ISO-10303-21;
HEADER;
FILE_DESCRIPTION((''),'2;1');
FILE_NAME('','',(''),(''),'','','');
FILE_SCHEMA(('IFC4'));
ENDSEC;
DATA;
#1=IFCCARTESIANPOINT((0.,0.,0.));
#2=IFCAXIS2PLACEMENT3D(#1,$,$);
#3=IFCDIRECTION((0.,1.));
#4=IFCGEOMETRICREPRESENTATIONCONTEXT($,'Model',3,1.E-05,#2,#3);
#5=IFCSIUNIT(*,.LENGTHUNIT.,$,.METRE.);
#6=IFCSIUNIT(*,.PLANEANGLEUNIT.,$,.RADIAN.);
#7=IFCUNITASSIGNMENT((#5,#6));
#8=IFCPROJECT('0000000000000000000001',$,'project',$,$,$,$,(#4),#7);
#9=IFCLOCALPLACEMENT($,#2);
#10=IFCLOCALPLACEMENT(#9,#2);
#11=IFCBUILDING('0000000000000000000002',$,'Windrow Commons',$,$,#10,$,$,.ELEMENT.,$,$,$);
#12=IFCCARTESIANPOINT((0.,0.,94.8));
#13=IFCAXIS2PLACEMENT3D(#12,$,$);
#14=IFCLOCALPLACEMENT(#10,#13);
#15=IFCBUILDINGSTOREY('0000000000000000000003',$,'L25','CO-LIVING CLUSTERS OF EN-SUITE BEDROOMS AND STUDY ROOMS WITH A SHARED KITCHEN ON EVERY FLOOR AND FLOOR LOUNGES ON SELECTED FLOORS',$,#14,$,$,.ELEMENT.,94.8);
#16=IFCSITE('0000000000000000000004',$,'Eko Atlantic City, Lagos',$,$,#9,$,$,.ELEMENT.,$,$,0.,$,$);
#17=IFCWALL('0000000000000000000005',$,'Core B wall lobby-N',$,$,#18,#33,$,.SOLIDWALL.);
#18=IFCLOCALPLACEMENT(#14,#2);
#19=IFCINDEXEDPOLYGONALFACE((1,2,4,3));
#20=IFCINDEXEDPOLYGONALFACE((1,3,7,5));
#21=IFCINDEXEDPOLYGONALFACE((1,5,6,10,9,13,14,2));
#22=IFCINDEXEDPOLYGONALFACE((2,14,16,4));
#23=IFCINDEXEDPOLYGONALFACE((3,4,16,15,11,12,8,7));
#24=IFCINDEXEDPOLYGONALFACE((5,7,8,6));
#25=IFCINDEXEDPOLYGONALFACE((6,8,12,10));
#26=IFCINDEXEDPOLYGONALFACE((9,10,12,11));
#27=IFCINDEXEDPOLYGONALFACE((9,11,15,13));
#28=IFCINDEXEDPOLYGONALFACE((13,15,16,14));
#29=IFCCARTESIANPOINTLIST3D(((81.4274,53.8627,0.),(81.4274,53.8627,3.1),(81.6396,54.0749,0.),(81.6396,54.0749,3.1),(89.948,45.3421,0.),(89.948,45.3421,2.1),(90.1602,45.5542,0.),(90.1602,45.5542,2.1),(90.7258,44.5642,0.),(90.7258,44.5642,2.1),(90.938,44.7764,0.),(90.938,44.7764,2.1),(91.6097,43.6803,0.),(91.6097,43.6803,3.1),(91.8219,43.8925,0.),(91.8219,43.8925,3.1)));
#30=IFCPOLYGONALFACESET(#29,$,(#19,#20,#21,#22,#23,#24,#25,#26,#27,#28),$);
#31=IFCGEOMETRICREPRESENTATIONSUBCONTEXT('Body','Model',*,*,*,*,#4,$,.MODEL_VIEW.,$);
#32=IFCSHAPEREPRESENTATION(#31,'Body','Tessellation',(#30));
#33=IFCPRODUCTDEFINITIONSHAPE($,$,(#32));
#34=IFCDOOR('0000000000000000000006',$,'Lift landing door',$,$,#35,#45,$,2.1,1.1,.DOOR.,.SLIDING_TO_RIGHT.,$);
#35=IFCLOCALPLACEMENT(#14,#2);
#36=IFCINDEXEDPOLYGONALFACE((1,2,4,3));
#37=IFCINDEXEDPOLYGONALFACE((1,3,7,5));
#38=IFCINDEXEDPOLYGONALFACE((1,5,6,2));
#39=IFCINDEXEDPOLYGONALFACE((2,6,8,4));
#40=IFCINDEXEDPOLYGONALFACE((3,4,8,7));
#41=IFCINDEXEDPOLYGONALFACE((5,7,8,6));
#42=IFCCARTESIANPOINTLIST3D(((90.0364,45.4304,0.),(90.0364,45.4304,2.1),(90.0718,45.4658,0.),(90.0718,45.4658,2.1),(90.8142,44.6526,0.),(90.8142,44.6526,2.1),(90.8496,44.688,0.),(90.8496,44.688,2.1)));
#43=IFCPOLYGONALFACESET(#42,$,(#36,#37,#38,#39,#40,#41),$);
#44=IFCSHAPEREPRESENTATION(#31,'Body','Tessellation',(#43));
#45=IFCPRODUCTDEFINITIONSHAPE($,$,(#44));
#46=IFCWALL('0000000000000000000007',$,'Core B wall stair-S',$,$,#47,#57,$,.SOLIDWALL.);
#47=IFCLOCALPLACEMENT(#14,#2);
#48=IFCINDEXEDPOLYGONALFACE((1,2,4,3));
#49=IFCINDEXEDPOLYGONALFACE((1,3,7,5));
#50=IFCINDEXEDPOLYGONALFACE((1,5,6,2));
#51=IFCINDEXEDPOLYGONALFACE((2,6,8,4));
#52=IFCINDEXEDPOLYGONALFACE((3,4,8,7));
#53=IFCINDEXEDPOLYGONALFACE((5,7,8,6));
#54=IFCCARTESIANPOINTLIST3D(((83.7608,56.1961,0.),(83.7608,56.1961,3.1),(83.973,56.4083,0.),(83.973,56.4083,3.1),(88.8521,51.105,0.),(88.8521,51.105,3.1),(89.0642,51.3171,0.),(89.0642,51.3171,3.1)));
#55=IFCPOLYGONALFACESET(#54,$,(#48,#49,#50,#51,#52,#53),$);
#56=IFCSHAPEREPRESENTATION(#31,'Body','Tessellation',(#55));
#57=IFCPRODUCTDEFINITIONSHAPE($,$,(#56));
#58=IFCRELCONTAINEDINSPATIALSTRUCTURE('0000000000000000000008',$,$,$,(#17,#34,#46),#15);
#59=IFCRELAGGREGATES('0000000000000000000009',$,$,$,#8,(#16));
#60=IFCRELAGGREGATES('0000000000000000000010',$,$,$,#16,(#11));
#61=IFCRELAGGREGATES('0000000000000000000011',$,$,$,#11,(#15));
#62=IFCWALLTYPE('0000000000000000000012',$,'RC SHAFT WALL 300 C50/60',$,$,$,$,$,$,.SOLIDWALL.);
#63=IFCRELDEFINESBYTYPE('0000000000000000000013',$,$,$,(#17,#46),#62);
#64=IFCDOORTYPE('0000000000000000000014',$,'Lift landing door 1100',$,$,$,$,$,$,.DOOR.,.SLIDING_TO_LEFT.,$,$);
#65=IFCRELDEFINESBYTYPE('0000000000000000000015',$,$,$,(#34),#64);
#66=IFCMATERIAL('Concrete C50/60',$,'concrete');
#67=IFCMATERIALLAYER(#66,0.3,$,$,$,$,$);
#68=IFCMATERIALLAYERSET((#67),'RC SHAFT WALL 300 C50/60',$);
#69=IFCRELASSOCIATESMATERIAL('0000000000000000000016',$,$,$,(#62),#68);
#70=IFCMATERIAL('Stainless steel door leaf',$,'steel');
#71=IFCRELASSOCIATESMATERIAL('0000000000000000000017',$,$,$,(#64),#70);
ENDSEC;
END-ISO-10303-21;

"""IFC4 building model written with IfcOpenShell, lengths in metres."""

from ifc_helpers import new_model, si_unit, direction, frame, frame_2d, origin, place, context, subcontext, project, spatial, rectangle, extrude, material, layer, layer_set, type_object, element, fill, save


model = new_model("IFC4")

# Units and contexts
model_context = context("Model", 3, precision=1e-05, world=origin(), true_north=direction((0.0, 1.0)))
body_context = subcontext(model_context, "Body", "Model", "MODEL_VIEW")
ifc_project = project(units=[si_unit("LENGTHUNIT", "METRE"), si_unit("PLANEANGLEUNIT", "RADIAN")], contexts=[model_context])

# Site, building, storey
site_placement = place(None, origin())
site = spatial("IfcSite", under=ifc_project, at=site_placement, Name="Eko Atlantic City, Lagos", CompositionType="ELEMENT", RefElevation=0.0)
building_placement = place(site_placement, origin())
building = spatial("IfcBuilding", under=site, at=building_placement, Name="Windrow Commons", CompositionType="ELEMENT")
storey_placement = place(building_placement, frame((0.0, 0.0, 94.8)))
storey = spatial("IfcBuildingStorey", under=building, at=storey_placement, Name="L25", Description="CO-LIVING CLUSTERS OF EN-SUITE BEDROOMS AND STUDY ROOMS WITH A SHARED KITCHEN ON EVERY FLOOR AND FLOOR LOUNGES ON SELECTED FLOORS", CompositionType="ELEMENT", Elevation=94.8)

# Wall, opening, door
ifc_material_1 = material(Name="Concrete C50/60", Category="concrete")
ifc_layer_1 = layer(ifc_material_1, 0.3)
ifc_layer_set_1 = layer_set([ifc_layer_1], Name="RC SHAFT WALL 300 C50/60")
wall_type_1 = type_object("IfcWallType", Name="RC SHAFT WALL 300 C50/60", PredefinedType="SOLIDWALL", material=ifc_layer_set_1)
wall_1_placement = place(storey_placement, frame((81.5335, 53.9688, 0.0), z_axis=(0.0, 0.0, 1.0), x_axis=(0.707103, -0.70711, 0.0)))
wall_1 = element("IfcWall", 1, at=wall_1_placement, inside=storey, type_object=wall_type_1, Name="Core B wall lobby-N", PredefinedType="SOLIDWALL", context=body_context, shape_type="SweptSolid", body=[
    extrude(rectangle(XDim=14.4, YDim=0.3, at=frame_2d((7.2, 0.0))), origin(), (0.0, 0.0, 1.0), 3.1),
])
opening_1_placement = place(wall_1_placement, frame((12.05, 0.0, 0.0)))
opening_1 = element("IfcOpeningElement", 2, at=opening_1_placement, cuts=wall_1, PredefinedType="OPENING", context=body_context, shape_type="SweptSolid", body=[
    extrude(rectangle(XDim=1.1, YDim=2.1, at=frame_2d((0.55, 1.05))), frame((0.0, 0.16, 0.0), z_axis=(0.0, -1.0, 0.0), x_axis=(1.0, 0.0, 0.0)), (0.0, 0.0, 1.0), 0.32),
])
ifc_material_2 = material(Name="Stainless steel door leaf", Category="steel")
door_type_1 = type_object("IfcDoorType", Name="Lift landing door 1100", OperationType="SLIDING_TO_LEFT", PredefinedType="DOOR", material=ifc_material_2)
door_1_placement = place(opening_1_placement, origin())
door_1 = element("IfcDoor", 3, at=door_1_placement, inside=storey, type_object=door_type_1, Name="Lift landing door", OperationType="SLIDING_TO_RIGHT", OverallHeight=2.1, OverallWidth=1.1, PredefinedType="DOOR", context=body_context, shape_type="SweptSolid", body=[
    extrude(rectangle(XDim=1.1, YDim=2.1, at=frame_2d((0.55, 1.05))), frame((0.0, 0.025, 0.0), z_axis=(0.0, -1.0, 0.0), x_axis=(1.0, 0.0, 0.0)), (0.0, 0.0, 1.0), 0.05),
])
fill(opening_1, door_1)

# Wall
wall_2_placement = place(storey_placement, frame((83.8669, 56.3022, 0.0), z_axis=(0.0, 0.0, 1.0), x_axis=(0.707114, -0.7071, 0.0)))
element("IfcWall", 4, at=wall_2_placement, inside=storey, type_object=wall_type_1, Name="Core B wall stair-S", PredefinedType="SOLIDWALL", context=body_context, shape_type="SweptSolid", body=[
    extrude(rectangle(XDim=7.2, YDim=0.3, at=frame_2d((3.6, 0.0))), origin(), (0.0, 0.0, 1.0), 3.1),
])

save(model, "model.ifc")
